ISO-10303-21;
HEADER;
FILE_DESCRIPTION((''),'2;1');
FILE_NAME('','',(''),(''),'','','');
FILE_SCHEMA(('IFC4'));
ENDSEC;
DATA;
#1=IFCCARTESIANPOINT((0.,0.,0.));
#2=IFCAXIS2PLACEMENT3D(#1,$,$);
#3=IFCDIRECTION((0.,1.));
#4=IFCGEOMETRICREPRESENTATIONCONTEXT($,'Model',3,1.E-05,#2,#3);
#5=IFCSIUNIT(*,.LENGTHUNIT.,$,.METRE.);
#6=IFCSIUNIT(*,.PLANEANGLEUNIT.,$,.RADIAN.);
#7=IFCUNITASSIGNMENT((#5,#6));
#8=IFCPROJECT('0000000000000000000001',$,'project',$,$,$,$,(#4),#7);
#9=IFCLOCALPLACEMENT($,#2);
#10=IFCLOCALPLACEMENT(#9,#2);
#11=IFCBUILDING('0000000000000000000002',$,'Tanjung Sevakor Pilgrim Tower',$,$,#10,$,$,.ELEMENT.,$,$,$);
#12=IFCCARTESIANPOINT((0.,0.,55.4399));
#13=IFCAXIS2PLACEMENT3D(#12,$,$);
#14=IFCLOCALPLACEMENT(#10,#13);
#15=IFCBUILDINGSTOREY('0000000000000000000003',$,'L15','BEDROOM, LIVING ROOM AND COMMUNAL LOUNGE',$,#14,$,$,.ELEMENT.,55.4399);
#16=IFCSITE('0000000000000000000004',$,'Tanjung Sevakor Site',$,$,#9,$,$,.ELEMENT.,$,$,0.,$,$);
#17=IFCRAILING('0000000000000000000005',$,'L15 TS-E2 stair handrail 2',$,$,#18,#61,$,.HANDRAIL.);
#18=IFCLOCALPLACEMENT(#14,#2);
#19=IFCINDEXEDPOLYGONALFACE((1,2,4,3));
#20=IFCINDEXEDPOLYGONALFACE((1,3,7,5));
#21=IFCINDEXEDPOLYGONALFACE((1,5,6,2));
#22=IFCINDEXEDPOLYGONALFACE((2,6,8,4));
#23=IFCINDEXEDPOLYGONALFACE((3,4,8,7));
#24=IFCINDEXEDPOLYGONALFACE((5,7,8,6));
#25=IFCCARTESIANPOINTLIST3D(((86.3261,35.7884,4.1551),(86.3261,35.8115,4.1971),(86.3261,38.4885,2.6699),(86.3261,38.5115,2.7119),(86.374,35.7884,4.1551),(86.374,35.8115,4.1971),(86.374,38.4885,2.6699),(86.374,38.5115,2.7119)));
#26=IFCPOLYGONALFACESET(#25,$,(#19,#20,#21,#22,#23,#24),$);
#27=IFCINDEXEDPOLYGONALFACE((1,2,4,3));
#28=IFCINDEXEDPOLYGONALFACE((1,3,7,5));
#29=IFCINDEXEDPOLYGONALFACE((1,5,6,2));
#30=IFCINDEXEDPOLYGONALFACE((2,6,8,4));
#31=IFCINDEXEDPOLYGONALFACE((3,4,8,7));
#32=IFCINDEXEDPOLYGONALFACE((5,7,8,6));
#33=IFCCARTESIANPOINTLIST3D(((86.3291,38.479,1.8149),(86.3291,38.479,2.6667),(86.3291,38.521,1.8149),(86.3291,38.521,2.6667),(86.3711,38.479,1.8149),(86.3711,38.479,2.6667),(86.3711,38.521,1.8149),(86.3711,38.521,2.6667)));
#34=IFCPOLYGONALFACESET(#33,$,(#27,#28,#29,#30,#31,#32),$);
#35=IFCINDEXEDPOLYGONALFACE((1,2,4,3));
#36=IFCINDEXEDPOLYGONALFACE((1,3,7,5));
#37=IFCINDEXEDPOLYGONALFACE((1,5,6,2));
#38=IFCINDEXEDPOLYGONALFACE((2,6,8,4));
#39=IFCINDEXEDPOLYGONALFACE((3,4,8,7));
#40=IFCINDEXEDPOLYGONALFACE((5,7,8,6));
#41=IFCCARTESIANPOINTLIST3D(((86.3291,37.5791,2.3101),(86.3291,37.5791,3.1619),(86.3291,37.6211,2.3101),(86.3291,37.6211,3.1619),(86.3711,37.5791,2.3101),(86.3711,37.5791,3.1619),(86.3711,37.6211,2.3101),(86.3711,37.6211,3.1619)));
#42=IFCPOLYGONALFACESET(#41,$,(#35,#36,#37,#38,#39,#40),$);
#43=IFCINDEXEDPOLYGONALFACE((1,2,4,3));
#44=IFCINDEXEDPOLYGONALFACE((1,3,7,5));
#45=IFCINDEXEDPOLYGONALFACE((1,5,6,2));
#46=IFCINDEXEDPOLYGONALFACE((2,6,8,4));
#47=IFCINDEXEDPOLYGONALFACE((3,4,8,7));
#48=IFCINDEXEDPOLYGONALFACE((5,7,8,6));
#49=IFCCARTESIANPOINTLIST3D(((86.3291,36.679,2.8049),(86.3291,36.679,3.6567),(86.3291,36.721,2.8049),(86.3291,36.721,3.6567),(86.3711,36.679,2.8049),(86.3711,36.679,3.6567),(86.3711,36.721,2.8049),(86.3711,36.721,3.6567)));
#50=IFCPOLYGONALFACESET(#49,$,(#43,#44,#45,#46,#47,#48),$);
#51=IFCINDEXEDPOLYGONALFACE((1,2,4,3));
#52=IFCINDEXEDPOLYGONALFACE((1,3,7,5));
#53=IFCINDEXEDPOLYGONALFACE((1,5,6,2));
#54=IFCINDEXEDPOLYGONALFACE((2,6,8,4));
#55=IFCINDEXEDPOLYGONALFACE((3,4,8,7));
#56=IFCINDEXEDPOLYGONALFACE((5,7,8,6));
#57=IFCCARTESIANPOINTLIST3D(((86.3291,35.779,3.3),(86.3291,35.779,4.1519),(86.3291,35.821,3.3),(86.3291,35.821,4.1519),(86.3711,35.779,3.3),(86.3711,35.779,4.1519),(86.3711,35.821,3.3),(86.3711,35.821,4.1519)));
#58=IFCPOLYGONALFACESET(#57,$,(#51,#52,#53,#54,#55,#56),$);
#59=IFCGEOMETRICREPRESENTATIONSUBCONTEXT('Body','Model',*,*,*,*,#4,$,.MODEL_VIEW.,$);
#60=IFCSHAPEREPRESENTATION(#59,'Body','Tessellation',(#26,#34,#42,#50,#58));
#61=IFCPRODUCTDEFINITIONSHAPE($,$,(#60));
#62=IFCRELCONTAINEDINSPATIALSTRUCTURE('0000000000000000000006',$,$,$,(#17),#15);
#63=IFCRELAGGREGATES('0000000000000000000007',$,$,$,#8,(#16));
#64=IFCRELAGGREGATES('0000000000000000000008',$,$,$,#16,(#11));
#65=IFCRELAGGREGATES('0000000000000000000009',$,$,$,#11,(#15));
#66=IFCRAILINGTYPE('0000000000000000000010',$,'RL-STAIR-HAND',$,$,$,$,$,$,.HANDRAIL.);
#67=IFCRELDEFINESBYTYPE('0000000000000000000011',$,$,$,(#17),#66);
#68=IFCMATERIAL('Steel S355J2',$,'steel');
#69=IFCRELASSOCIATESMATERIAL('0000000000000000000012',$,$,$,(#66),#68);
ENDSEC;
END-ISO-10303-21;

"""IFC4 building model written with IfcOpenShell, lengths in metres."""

from ifc_helpers import new_model, si_unit, direction, frame, origin, place, context, subcontext, project, spatial, rectangle, extrude, material, type_object, element, save


model = new_model("IFC4")

# Units and contexts
model_context = context("Model", 3, precision=1e-05, world=origin(), true_north=direction((0.0, 1.0)))
body_context = subcontext(model_context, "Body", "Model", "MODEL_VIEW")
ifc_project = project(units=[si_unit("LENGTHUNIT", "METRE"), si_unit("PLANEANGLEUNIT", "RADIAN")], contexts=[model_context])

# Site, building, storey
site_placement = place(None, origin())
site = spatial("IfcSite", under=ifc_project, at=site_placement, Name="Tanjung Sevakor Site", CompositionType="ELEMENT", RefElevation=0.0)
building_placement = place(site_placement, origin())
building = spatial("IfcBuilding", under=site, at=building_placement, Name="Tanjung Sevakor Pilgrim Tower", CompositionType="ELEMENT")
storey_placement = place(building_placement, frame((0.0, 0.0, 55.4399)))
storey = spatial("IfcBuildingStorey", under=building, at=storey_placement, Name="L15", Description="BEDROOM, LIVING ROOM AND COMMUNAL LOUNGE", CompositionType="ELEMENT", Elevation=55.4399)

# Railing
ifc_material_1 = material(Name="Steel S355J2", Category="steel")
railing_type_1 = type_object("IfcRailingType", Name="RL-STAIR-HAND", PredefinedType="HANDRAIL", material=ifc_material_1)
railing_1_placement = place(storey_placement, frame((86.3501, 38.5, 1.8149)))
element("IfcRailing", 1, at=railing_1_placement, inside=storey, type_object=railing_type_1, Name="L15 TS-E2 stair handrail 2", PredefinedType="HANDRAIL", context=body_context, shape_type="SweptSolid", body=[
    extrude(rectangle(XDim=0.0479, YDim=0.0479), frame((0.0, 0.0, 0.876), z_axis=(0.0, -0.876198, 0.481952), x_axis=(1.0, 0.0, 0.0)), (0.0, 0.0, 1.0), 3.0815),
    extrude(rectangle(XDim=0.042, YDim=0.042), origin(), (0.0, 0.0, 1.0), 0.8518),
    extrude(rectangle(XDim=0.042, YDim=0.042), frame((0.0, -0.8999, 0.4951)), (0.0, 0.0, 1.0), 0.8518),
    extrude(rectangle(XDim=0.042, YDim=0.042), frame((0.0, -1.8, 0.99)), (0.0, 0.0, 1.0), 0.8518),
    extrude(rectangle(XDim=0.042, YDim=0.042), frame((0.0, -2.7, 1.4851)), (0.0, 0.0, 1.0), 0.8518),
])

save(model, "model.ifc")
